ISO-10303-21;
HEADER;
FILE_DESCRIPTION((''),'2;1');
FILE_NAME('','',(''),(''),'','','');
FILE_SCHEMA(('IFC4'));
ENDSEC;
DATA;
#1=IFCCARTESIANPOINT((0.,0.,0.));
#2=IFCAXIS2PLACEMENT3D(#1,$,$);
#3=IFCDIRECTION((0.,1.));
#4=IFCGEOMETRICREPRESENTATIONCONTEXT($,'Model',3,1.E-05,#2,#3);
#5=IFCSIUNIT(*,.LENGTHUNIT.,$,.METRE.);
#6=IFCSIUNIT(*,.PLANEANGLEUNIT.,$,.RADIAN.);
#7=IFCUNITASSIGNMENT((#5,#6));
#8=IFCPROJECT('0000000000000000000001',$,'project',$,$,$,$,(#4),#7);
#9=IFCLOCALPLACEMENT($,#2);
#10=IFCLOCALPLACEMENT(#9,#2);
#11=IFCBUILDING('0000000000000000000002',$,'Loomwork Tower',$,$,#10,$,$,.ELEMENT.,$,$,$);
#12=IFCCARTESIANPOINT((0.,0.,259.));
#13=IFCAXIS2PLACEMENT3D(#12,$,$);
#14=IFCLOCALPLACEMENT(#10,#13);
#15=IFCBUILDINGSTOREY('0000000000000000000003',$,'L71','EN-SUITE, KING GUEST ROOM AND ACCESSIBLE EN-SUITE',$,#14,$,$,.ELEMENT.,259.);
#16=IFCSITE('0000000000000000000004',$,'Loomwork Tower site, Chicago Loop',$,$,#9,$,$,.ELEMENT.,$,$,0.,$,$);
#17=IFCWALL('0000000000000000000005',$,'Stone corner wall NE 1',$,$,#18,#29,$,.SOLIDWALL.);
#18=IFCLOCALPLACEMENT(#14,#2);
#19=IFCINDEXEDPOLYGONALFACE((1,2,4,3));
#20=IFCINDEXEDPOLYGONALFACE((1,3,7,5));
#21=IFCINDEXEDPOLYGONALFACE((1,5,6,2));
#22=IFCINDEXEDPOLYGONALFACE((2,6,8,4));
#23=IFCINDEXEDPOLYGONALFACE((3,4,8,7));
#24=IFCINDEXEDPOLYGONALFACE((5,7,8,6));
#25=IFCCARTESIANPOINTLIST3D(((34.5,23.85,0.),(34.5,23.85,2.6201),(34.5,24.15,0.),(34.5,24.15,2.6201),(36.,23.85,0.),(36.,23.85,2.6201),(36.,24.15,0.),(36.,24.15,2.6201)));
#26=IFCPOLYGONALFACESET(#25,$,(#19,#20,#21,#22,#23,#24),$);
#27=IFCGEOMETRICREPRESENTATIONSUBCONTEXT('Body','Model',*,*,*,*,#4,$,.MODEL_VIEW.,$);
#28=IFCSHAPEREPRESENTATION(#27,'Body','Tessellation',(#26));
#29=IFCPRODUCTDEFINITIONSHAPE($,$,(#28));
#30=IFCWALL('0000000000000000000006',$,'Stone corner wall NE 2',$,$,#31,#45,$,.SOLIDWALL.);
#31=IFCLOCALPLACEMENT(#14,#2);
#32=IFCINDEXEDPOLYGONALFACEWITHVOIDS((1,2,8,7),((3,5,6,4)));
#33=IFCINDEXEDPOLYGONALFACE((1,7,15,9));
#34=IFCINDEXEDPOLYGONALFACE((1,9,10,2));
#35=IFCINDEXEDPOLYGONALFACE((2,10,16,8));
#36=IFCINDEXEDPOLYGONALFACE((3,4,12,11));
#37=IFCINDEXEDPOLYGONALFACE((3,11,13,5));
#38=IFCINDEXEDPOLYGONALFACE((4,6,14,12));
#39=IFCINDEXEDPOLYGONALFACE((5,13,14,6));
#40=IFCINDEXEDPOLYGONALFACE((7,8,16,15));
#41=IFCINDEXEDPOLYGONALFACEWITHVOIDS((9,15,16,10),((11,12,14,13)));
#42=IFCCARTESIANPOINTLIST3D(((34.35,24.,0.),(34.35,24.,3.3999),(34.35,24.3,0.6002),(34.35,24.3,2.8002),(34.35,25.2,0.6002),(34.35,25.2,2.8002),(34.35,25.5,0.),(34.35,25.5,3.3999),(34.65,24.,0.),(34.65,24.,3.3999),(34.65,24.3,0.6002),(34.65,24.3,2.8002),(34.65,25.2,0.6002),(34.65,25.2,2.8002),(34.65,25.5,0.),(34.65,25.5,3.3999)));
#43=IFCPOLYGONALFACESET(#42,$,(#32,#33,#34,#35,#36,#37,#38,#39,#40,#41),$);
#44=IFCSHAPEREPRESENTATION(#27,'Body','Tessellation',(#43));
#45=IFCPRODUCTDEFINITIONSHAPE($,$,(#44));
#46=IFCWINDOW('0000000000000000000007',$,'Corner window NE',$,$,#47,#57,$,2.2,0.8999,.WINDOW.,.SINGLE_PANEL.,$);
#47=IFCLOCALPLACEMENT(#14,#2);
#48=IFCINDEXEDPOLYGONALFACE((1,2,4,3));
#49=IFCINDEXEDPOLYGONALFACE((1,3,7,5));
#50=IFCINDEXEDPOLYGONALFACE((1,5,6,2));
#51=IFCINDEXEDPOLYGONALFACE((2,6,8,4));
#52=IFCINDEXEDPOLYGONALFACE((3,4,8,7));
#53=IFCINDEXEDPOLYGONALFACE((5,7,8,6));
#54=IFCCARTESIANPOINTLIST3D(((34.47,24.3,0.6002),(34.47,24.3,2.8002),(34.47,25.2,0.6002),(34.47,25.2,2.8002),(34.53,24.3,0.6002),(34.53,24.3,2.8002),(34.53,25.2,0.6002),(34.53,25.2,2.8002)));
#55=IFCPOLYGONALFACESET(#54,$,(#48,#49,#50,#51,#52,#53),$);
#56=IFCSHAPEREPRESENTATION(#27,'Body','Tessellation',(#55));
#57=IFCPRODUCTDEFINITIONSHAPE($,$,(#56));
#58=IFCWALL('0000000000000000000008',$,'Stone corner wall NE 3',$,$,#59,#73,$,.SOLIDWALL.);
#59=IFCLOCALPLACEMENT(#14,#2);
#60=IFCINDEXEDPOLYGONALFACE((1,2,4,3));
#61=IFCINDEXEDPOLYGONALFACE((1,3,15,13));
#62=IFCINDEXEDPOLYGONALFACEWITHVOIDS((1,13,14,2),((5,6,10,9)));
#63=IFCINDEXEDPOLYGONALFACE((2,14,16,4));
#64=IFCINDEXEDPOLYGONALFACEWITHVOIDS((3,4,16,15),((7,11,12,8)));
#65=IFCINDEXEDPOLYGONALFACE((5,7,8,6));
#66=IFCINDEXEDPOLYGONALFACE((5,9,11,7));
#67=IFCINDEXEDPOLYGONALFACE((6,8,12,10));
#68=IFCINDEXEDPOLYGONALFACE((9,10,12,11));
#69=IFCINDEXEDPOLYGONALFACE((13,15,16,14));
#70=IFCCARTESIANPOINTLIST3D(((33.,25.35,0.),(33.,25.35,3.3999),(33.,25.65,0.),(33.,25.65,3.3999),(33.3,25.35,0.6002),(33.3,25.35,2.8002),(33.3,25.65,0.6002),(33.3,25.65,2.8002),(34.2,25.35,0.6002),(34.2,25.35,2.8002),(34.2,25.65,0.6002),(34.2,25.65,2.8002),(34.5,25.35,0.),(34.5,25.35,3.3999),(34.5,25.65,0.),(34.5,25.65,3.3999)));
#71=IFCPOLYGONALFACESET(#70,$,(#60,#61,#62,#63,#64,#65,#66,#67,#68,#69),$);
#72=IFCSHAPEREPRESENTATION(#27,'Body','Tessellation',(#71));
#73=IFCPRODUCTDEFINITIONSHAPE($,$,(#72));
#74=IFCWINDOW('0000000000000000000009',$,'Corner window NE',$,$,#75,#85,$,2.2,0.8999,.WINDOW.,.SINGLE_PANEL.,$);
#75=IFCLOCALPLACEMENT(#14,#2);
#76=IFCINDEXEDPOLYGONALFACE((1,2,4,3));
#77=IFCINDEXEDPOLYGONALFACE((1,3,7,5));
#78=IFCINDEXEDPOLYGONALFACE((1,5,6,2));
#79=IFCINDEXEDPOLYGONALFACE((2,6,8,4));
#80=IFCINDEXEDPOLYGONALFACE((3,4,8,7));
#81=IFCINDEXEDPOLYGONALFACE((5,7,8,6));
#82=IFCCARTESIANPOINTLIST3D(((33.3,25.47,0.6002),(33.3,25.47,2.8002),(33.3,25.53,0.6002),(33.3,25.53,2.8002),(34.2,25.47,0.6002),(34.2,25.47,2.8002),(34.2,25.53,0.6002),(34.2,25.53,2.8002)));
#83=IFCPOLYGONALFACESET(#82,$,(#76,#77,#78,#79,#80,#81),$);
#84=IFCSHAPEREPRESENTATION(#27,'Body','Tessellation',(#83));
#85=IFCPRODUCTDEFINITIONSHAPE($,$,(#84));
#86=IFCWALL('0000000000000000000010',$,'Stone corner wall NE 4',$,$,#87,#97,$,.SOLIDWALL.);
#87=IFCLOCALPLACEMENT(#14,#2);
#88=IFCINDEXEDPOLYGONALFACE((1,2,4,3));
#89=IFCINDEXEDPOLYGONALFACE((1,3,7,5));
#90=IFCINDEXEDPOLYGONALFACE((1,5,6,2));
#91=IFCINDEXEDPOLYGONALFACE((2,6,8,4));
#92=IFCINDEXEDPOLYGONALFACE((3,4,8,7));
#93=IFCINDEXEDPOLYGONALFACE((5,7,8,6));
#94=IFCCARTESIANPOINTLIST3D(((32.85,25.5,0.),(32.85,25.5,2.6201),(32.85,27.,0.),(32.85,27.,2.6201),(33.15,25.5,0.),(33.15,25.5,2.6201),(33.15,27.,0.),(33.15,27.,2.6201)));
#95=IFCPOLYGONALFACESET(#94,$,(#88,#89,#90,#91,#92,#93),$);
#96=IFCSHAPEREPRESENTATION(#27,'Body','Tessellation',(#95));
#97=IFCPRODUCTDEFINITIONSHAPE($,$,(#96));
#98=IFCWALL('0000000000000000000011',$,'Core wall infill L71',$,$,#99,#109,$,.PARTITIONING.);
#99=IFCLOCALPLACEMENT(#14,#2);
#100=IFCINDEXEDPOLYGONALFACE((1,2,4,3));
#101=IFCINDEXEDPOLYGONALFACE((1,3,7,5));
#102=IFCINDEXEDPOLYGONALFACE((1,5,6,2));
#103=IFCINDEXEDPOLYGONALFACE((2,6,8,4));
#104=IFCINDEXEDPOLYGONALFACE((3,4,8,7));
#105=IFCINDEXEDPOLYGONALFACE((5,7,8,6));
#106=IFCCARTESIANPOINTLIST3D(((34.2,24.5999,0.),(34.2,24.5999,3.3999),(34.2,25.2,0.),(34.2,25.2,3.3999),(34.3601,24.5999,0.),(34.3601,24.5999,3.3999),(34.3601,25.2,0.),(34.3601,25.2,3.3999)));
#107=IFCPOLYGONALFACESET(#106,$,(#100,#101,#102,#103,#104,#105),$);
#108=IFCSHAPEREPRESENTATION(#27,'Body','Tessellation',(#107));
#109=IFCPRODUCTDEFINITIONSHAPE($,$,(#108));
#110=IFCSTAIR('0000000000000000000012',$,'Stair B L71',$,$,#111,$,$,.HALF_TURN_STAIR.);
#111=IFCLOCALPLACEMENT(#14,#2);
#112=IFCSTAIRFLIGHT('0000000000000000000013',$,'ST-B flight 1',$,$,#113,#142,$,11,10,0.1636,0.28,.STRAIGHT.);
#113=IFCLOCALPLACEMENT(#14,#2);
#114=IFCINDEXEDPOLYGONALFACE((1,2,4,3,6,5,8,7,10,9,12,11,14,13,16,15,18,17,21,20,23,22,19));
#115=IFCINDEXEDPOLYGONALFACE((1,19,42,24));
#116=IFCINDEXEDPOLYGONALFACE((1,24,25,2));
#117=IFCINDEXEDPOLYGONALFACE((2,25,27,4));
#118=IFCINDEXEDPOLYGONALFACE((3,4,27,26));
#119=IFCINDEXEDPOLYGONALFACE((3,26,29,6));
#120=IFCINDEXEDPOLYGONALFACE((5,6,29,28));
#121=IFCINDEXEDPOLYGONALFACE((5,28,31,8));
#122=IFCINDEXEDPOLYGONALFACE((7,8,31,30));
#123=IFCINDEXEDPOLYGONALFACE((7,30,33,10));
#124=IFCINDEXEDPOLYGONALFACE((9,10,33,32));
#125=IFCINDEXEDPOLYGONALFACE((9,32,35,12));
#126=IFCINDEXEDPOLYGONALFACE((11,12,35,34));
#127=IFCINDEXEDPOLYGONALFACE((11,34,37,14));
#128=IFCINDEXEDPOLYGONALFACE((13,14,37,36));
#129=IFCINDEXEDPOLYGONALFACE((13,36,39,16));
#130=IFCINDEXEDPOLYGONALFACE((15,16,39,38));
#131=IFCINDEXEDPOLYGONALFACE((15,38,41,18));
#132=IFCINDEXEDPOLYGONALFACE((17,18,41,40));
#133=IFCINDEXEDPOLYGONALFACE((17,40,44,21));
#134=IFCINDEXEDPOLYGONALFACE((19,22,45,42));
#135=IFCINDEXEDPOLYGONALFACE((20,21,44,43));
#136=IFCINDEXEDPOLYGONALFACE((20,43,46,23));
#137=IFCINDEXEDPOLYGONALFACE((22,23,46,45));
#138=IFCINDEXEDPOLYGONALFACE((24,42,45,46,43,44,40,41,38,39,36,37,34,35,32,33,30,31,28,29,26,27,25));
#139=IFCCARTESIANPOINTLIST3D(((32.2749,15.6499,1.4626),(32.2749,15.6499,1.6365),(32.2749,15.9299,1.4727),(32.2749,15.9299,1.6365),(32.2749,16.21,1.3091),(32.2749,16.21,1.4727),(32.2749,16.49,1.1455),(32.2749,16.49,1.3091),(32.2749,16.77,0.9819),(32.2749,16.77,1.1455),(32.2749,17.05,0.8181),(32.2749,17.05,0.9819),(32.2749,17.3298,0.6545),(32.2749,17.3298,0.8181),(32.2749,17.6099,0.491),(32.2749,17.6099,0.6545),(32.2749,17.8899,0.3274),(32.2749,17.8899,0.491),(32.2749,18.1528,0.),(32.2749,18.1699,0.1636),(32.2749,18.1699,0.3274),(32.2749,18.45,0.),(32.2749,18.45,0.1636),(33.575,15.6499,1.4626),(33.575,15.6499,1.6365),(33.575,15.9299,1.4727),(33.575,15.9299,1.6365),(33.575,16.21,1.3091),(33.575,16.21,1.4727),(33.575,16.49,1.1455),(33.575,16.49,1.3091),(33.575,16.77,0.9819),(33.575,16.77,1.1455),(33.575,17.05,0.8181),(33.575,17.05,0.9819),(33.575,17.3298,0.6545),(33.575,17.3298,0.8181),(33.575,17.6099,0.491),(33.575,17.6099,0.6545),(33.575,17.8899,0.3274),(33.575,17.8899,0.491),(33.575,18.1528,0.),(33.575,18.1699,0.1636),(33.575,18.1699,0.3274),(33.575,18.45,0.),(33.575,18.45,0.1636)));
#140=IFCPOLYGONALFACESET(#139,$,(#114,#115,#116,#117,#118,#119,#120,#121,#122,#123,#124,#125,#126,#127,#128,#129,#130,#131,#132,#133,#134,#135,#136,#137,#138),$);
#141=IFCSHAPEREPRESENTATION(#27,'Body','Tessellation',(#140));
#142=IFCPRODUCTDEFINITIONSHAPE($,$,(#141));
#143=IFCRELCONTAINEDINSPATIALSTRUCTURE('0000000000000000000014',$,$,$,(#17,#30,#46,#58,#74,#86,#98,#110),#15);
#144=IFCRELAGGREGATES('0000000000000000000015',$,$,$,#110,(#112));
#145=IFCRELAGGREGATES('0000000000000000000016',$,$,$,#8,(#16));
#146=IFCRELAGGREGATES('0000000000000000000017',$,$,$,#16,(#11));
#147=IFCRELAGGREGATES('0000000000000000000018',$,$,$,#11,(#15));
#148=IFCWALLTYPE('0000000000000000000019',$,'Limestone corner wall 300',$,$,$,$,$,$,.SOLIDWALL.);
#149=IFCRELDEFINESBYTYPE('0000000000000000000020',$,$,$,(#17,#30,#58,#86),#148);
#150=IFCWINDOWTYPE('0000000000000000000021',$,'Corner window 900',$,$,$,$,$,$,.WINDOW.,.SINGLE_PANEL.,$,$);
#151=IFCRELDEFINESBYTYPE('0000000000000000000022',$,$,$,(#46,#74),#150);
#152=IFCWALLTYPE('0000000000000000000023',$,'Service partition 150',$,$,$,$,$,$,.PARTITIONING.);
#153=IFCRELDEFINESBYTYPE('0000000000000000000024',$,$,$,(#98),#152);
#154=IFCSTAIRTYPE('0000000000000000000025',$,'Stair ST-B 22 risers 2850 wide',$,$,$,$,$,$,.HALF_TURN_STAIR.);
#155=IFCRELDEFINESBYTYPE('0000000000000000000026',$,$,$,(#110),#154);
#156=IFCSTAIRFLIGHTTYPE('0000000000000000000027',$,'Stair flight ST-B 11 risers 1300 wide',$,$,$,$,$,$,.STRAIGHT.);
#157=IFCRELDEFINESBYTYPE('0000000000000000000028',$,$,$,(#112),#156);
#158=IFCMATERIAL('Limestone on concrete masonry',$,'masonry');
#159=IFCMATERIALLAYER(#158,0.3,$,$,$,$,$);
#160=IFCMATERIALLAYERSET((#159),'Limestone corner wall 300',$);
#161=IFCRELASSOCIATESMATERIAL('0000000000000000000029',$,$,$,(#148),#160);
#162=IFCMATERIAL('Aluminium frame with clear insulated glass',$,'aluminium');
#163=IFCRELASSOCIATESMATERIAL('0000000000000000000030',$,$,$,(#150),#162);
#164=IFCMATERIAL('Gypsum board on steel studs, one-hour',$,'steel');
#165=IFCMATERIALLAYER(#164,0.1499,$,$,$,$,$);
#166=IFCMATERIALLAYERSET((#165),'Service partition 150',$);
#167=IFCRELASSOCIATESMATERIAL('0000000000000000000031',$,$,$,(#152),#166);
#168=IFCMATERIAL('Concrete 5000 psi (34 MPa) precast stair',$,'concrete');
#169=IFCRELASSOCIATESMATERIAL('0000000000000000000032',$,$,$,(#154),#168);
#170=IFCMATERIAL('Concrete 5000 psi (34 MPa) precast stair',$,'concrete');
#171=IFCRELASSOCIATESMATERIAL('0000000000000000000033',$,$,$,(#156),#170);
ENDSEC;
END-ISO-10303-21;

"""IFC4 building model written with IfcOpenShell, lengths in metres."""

from ifc_helpers import new_model, si_unit, direction, frame, frame_2d, origin, place, context, subcontext, project, spatial, polyline, rectangle, outline, extrude, material, layer, layer_set, type_object, element, fill, aggregate, save


model = new_model("IFC4")

# Units and contexts
model_context = context("Model", 3, precision=1e-05, world=origin(), true_north=direction((0.0, 1.0)))
body_context = subcontext(model_context, "Body", "Model", "MODEL_VIEW")
ifc_project = project(units=[si_unit("LENGTHUNIT", "METRE"), si_unit("PLANEANGLEUNIT", "RADIAN")], contexts=[model_context])

# Site, building, storey
site_placement = place(None, origin())
site = spatial("IfcSite", under=ifc_project, at=site_placement, Name="Loomwork Tower site, Chicago Loop", CompositionType="ELEMENT", RefElevation=0.0)
building_placement = place(site_placement, origin())
building = spatial("IfcBuilding", under=site, at=building_placement, Name="Loomwork Tower", CompositionType="ELEMENT")
storey_placement = place(building_placement, frame((0.0, 0.0, 259.0)))
storey = spatial("IfcBuildingStorey", under=building, at=storey_placement, Name="L71", Description="EN-SUITE, KING GUEST ROOM AND ACCESSIBLE EN-SUITE", CompositionType="ELEMENT", Elevation=259.0)

# Wall
ifc_material_1 = material(Name="Limestone on concrete masonry", Category="masonry")
ifc_layer_1 = layer(ifc_material_1, 0.3)
ifc_layer_set_1 = layer_set([ifc_layer_1], Name="Limestone corner wall 300")
wall_type_1 = type_object("IfcWallType", Name="Limestone corner wall 300", PredefinedType="SOLIDWALL", material=ifc_layer_set_1)
wall_1_placement = place(storey_placement, frame((36.0, 24.0, 0.0), z_axis=(0.0, 0.0, 1.0), x_axis=(-1.0, 0.0, 0.0)))
element("IfcWall", 1, at=wall_1_placement, inside=storey, type_object=wall_type_1, Name="Stone corner wall NE 1", PredefinedType="SOLIDWALL", context=body_context, shape_type="SweptSolid", body=[
    extrude(rectangle(XDim=1.5, YDim=0.3, at=frame_2d((0.75, 0.0))), origin(), (0.0, 0.0, 1.0), 2.6201),
])

# Walls, openings, windows
wall_2_placement = place(storey_placement, frame((34.5, 24.0, 0.0), z_axis=(0.0, 0.0, 1.0), x_axis=(0.0, 1.0, 0.0)))
wall_2 = element("IfcWall", 2, at=wall_2_placement, inside=storey, type_object=wall_type_1, Name="Stone corner wall NE 2", PredefinedType="SOLIDWALL", context=body_context, shape_type="SweptSolid", body=[
    extrude(rectangle(XDim=1.5, YDim=0.3, at=frame_2d((0.75, 0.0))), origin(), (0.0, 0.0, 1.0), 3.3999),
])
opening_1_placement = place(wall_2_placement, frame((0.3, 0.0, 0.6001)))
opening_1 = element("IfcOpeningElement", 3, at=opening_1_placement, cuts=wall_2, PredefinedType="OPENING", context=body_context, shape_type="SweptSolid", body=[
    extrude(rectangle(XDim=0.8999, YDim=2.2, at=frame_2d((0.45, 1.1001))), frame((0.0, 0.1599, 0.0), z_axis=(0.0, -1.0, 0.0), x_axis=(1.0, 0.0, 0.0)), (0.0, 0.0, 1.0), 0.3201),
])
ifc_material_2 = material(Name="Aluminium frame with clear insulated glass", Category="aluminium")
window_type = type_object("IfcWindowType", Name="Corner window 900", PartitioningType="SINGLE_PANEL", PredefinedType="WINDOW", material=ifc_material_2)
window_1_placement = place(opening_1_placement, origin())
window_1 = element("IfcWindow", 4, at=window_1_placement, inside=storey, type_object=window_type, Name="Corner window NE", OverallHeight=2.2, OverallWidth=0.8999, PartitioningType="SINGLE_PANEL", PredefinedType="WINDOW", context=body_context, shape_type="SweptSolid", body=[
    extrude(rectangle(XDim=0.8999, YDim=2.2, at=frame_2d((0.45, 1.1001))), frame((0.0, 0.03, 0.0), z_axis=(0.0, -1.0, 0.0), x_axis=(1.0, 0.0, 0.0)), (0.0, 0.0, 1.0), 0.0601),
])
fill(opening_1, window_1)
wall_3_placement = place(storey_placement, frame((34.5, 25.5, 0.0), z_axis=(0.0, 0.0, 1.0), x_axis=(-1.0, 0.0, 0.0)))
wall_3 = element("IfcWall", 5, at=wall_3_placement, inside=storey, type_object=wall_type_1, Name="Stone corner wall NE 3", PredefinedType="SOLIDWALL", context=body_context, shape_type="SweptSolid", body=[
    extrude(rectangle(XDim=1.5, YDim=0.3, at=frame_2d((0.75, 0.0))), origin(), (0.0, 0.0, 1.0), 3.3999),
])
opening_2_placement = place(wall_3_placement, frame((0.3, 0.0, 0.6001)))
opening_2 = element("IfcOpeningElement", 6, at=opening_2_placement, cuts=wall_3, PredefinedType="OPENING", context=body_context, shape_type="SweptSolid", body=[
    extrude(rectangle(XDim=0.8999, YDim=2.2, at=frame_2d((0.45, 1.1001))), frame((0.0, 0.1599, 0.0), z_axis=(0.0, -1.0, 0.0), x_axis=(1.0, 0.0, 0.0)), (0.0, 0.0, 1.0), 0.3201),
])
window_2_placement = place(opening_2_placement, origin())
window_2 = element("IfcWindow", 7, at=window_2_placement, inside=storey, type_object=window_type, Name="Corner window NE", OverallHeight=2.2, OverallWidth=0.8999, PartitioningType="SINGLE_PANEL", PredefinedType="WINDOW", context=body_context, shape_type="SweptSolid", body=[
    extrude(rectangle(XDim=0.8999, YDim=2.2, at=frame_2d((0.45, 1.1001))), frame((0.0, 0.03, 0.0), z_axis=(0.0, -1.0, 0.0), x_axis=(1.0, 0.0, 0.0)), (0.0, 0.0, 1.0), 0.0601),
])
fill(opening_2, window_2)

# Walls
wall_4_placement = place(storey_placement, frame((33.0, 25.5, 0.0), z_axis=(0.0, 0.0, 1.0), x_axis=(0.0, 1.0, 0.0)))
element("IfcWall", 8, at=wall_4_placement, inside=storey, type_object=wall_type_1, Name="Stone corner wall NE 4", PredefinedType="SOLIDWALL", context=body_context, shape_type="SweptSolid", body=[
    extrude(rectangle(XDim=1.5, YDim=0.3, at=frame_2d((0.75, 0.0))), origin(), (0.0, 0.0, 1.0), 2.6201),
])
ifc_material_3 = material(Name="Gypsum board on steel studs, one-hour", Category="steel")
ifc_layer_2 = layer(ifc_material_3, 0.1499)
ifc_layer_set_2 = layer_set([ifc_layer_2], Name="Service partition 150")
wall_type_2 = type_object("IfcWallType", Name="Service partition 150", PredefinedType="PARTITIONING", material=ifc_layer_set_2)
wall_5_placement = place(storey_placement, frame((34.2, 24.8999, 0.0), z_axis=(0.0, 0.0, 1.0), x_axis=(1.0, 0.0, 0.0)))
element("IfcWall", 9, at=wall_5_placement, inside=storey, type_object=wall_type_2, Name="Core wall infill L71", PredefinedType="PARTITIONING", context=body_context, shape_type="SweptSolid", body=[
    extrude(rectangle(XDim=0.1602, YDim=0.6001, at=frame_2d((0.0801, 0.0))), origin(), (0.0, 0.0, 1.0), 3.3999),
])

# Stair, stair flight
ifc_material_4 = material(Name="Concrete 5000 psi (34 MPa) precast stair", Category="concrete")
stair_type = type_object("IfcStairType", Name="Stair ST-B 22 risers 2850 wide", PredefinedType="HALF_TURN_STAIR", material=ifc_material_4)
stair_placement = place(storey_placement, origin())
stair = element("IfcStair", 10, at=stair_placement, inside=storey, type_object=stair_type, Name="Stair B L71", PredefinedType="HALF_TURN_STAIR")
ifc_material_5 = material(Name="Concrete 5000 psi (34 MPa) precast stair", Category="concrete")
stair_flight_type = type_object("IfcStairFlightType", Name="Stair flight ST-B 11 risers 1300 wide", PredefinedType="STRAIGHT", material=ifc_material_5)
stair_flight_placement = place(storey_placement, frame((32.925, 18.45, 0.0), z_axis=(0.0, 0.0, 1.0), x_axis=(0.0, -1.0, 0.0)))
stair_flight = element("IfcStairFlight", 11, at=stair_flight_placement, type_object=stair_flight_type, Name="ST-B flight 1", NumberOfRisers=11, NumberOfTreads=10, PredefinedType="STRAIGHT", RiserHeight=0.1636, TreadLength=0.28, context=body_context, shape_type="SweptSolid", body=[
    extrude(outline(polyline([(0.0, 0.0), (0.0, 0.1636), (0.28, 0.1636), (0.28, 0.3274), (0.5601, 0.3274), (0.5601, 0.491), (0.8401, 0.491), (0.8401, 0.6545), (1.1201, 0.6545), (1.1201, 0.8181), (1.3999, 0.8181), (1.3999, 0.9819), (1.6799, 0.9819), (1.6799, 1.1455), (1.96, 1.1455), (1.96, 1.3091), (2.24, 1.3091), (2.24, 1.4727), (2.52, 1.4727), (2.52, 1.6365), (2.8, 1.6365), (2.8, 1.8), (2.8, 1.4626), (0.2971, 0.0), (0.0, 0.0)])), frame((0.0, 0.6499, 0.0), z_axis=(0.0, -1.0, 0.0), x_axis=(1.0, 0.0, 0.0)), (0.0, 0.0, 1.0), 1.3),
])
aggregate(stair, [stair_flight])

save(model, "model.ifc")
